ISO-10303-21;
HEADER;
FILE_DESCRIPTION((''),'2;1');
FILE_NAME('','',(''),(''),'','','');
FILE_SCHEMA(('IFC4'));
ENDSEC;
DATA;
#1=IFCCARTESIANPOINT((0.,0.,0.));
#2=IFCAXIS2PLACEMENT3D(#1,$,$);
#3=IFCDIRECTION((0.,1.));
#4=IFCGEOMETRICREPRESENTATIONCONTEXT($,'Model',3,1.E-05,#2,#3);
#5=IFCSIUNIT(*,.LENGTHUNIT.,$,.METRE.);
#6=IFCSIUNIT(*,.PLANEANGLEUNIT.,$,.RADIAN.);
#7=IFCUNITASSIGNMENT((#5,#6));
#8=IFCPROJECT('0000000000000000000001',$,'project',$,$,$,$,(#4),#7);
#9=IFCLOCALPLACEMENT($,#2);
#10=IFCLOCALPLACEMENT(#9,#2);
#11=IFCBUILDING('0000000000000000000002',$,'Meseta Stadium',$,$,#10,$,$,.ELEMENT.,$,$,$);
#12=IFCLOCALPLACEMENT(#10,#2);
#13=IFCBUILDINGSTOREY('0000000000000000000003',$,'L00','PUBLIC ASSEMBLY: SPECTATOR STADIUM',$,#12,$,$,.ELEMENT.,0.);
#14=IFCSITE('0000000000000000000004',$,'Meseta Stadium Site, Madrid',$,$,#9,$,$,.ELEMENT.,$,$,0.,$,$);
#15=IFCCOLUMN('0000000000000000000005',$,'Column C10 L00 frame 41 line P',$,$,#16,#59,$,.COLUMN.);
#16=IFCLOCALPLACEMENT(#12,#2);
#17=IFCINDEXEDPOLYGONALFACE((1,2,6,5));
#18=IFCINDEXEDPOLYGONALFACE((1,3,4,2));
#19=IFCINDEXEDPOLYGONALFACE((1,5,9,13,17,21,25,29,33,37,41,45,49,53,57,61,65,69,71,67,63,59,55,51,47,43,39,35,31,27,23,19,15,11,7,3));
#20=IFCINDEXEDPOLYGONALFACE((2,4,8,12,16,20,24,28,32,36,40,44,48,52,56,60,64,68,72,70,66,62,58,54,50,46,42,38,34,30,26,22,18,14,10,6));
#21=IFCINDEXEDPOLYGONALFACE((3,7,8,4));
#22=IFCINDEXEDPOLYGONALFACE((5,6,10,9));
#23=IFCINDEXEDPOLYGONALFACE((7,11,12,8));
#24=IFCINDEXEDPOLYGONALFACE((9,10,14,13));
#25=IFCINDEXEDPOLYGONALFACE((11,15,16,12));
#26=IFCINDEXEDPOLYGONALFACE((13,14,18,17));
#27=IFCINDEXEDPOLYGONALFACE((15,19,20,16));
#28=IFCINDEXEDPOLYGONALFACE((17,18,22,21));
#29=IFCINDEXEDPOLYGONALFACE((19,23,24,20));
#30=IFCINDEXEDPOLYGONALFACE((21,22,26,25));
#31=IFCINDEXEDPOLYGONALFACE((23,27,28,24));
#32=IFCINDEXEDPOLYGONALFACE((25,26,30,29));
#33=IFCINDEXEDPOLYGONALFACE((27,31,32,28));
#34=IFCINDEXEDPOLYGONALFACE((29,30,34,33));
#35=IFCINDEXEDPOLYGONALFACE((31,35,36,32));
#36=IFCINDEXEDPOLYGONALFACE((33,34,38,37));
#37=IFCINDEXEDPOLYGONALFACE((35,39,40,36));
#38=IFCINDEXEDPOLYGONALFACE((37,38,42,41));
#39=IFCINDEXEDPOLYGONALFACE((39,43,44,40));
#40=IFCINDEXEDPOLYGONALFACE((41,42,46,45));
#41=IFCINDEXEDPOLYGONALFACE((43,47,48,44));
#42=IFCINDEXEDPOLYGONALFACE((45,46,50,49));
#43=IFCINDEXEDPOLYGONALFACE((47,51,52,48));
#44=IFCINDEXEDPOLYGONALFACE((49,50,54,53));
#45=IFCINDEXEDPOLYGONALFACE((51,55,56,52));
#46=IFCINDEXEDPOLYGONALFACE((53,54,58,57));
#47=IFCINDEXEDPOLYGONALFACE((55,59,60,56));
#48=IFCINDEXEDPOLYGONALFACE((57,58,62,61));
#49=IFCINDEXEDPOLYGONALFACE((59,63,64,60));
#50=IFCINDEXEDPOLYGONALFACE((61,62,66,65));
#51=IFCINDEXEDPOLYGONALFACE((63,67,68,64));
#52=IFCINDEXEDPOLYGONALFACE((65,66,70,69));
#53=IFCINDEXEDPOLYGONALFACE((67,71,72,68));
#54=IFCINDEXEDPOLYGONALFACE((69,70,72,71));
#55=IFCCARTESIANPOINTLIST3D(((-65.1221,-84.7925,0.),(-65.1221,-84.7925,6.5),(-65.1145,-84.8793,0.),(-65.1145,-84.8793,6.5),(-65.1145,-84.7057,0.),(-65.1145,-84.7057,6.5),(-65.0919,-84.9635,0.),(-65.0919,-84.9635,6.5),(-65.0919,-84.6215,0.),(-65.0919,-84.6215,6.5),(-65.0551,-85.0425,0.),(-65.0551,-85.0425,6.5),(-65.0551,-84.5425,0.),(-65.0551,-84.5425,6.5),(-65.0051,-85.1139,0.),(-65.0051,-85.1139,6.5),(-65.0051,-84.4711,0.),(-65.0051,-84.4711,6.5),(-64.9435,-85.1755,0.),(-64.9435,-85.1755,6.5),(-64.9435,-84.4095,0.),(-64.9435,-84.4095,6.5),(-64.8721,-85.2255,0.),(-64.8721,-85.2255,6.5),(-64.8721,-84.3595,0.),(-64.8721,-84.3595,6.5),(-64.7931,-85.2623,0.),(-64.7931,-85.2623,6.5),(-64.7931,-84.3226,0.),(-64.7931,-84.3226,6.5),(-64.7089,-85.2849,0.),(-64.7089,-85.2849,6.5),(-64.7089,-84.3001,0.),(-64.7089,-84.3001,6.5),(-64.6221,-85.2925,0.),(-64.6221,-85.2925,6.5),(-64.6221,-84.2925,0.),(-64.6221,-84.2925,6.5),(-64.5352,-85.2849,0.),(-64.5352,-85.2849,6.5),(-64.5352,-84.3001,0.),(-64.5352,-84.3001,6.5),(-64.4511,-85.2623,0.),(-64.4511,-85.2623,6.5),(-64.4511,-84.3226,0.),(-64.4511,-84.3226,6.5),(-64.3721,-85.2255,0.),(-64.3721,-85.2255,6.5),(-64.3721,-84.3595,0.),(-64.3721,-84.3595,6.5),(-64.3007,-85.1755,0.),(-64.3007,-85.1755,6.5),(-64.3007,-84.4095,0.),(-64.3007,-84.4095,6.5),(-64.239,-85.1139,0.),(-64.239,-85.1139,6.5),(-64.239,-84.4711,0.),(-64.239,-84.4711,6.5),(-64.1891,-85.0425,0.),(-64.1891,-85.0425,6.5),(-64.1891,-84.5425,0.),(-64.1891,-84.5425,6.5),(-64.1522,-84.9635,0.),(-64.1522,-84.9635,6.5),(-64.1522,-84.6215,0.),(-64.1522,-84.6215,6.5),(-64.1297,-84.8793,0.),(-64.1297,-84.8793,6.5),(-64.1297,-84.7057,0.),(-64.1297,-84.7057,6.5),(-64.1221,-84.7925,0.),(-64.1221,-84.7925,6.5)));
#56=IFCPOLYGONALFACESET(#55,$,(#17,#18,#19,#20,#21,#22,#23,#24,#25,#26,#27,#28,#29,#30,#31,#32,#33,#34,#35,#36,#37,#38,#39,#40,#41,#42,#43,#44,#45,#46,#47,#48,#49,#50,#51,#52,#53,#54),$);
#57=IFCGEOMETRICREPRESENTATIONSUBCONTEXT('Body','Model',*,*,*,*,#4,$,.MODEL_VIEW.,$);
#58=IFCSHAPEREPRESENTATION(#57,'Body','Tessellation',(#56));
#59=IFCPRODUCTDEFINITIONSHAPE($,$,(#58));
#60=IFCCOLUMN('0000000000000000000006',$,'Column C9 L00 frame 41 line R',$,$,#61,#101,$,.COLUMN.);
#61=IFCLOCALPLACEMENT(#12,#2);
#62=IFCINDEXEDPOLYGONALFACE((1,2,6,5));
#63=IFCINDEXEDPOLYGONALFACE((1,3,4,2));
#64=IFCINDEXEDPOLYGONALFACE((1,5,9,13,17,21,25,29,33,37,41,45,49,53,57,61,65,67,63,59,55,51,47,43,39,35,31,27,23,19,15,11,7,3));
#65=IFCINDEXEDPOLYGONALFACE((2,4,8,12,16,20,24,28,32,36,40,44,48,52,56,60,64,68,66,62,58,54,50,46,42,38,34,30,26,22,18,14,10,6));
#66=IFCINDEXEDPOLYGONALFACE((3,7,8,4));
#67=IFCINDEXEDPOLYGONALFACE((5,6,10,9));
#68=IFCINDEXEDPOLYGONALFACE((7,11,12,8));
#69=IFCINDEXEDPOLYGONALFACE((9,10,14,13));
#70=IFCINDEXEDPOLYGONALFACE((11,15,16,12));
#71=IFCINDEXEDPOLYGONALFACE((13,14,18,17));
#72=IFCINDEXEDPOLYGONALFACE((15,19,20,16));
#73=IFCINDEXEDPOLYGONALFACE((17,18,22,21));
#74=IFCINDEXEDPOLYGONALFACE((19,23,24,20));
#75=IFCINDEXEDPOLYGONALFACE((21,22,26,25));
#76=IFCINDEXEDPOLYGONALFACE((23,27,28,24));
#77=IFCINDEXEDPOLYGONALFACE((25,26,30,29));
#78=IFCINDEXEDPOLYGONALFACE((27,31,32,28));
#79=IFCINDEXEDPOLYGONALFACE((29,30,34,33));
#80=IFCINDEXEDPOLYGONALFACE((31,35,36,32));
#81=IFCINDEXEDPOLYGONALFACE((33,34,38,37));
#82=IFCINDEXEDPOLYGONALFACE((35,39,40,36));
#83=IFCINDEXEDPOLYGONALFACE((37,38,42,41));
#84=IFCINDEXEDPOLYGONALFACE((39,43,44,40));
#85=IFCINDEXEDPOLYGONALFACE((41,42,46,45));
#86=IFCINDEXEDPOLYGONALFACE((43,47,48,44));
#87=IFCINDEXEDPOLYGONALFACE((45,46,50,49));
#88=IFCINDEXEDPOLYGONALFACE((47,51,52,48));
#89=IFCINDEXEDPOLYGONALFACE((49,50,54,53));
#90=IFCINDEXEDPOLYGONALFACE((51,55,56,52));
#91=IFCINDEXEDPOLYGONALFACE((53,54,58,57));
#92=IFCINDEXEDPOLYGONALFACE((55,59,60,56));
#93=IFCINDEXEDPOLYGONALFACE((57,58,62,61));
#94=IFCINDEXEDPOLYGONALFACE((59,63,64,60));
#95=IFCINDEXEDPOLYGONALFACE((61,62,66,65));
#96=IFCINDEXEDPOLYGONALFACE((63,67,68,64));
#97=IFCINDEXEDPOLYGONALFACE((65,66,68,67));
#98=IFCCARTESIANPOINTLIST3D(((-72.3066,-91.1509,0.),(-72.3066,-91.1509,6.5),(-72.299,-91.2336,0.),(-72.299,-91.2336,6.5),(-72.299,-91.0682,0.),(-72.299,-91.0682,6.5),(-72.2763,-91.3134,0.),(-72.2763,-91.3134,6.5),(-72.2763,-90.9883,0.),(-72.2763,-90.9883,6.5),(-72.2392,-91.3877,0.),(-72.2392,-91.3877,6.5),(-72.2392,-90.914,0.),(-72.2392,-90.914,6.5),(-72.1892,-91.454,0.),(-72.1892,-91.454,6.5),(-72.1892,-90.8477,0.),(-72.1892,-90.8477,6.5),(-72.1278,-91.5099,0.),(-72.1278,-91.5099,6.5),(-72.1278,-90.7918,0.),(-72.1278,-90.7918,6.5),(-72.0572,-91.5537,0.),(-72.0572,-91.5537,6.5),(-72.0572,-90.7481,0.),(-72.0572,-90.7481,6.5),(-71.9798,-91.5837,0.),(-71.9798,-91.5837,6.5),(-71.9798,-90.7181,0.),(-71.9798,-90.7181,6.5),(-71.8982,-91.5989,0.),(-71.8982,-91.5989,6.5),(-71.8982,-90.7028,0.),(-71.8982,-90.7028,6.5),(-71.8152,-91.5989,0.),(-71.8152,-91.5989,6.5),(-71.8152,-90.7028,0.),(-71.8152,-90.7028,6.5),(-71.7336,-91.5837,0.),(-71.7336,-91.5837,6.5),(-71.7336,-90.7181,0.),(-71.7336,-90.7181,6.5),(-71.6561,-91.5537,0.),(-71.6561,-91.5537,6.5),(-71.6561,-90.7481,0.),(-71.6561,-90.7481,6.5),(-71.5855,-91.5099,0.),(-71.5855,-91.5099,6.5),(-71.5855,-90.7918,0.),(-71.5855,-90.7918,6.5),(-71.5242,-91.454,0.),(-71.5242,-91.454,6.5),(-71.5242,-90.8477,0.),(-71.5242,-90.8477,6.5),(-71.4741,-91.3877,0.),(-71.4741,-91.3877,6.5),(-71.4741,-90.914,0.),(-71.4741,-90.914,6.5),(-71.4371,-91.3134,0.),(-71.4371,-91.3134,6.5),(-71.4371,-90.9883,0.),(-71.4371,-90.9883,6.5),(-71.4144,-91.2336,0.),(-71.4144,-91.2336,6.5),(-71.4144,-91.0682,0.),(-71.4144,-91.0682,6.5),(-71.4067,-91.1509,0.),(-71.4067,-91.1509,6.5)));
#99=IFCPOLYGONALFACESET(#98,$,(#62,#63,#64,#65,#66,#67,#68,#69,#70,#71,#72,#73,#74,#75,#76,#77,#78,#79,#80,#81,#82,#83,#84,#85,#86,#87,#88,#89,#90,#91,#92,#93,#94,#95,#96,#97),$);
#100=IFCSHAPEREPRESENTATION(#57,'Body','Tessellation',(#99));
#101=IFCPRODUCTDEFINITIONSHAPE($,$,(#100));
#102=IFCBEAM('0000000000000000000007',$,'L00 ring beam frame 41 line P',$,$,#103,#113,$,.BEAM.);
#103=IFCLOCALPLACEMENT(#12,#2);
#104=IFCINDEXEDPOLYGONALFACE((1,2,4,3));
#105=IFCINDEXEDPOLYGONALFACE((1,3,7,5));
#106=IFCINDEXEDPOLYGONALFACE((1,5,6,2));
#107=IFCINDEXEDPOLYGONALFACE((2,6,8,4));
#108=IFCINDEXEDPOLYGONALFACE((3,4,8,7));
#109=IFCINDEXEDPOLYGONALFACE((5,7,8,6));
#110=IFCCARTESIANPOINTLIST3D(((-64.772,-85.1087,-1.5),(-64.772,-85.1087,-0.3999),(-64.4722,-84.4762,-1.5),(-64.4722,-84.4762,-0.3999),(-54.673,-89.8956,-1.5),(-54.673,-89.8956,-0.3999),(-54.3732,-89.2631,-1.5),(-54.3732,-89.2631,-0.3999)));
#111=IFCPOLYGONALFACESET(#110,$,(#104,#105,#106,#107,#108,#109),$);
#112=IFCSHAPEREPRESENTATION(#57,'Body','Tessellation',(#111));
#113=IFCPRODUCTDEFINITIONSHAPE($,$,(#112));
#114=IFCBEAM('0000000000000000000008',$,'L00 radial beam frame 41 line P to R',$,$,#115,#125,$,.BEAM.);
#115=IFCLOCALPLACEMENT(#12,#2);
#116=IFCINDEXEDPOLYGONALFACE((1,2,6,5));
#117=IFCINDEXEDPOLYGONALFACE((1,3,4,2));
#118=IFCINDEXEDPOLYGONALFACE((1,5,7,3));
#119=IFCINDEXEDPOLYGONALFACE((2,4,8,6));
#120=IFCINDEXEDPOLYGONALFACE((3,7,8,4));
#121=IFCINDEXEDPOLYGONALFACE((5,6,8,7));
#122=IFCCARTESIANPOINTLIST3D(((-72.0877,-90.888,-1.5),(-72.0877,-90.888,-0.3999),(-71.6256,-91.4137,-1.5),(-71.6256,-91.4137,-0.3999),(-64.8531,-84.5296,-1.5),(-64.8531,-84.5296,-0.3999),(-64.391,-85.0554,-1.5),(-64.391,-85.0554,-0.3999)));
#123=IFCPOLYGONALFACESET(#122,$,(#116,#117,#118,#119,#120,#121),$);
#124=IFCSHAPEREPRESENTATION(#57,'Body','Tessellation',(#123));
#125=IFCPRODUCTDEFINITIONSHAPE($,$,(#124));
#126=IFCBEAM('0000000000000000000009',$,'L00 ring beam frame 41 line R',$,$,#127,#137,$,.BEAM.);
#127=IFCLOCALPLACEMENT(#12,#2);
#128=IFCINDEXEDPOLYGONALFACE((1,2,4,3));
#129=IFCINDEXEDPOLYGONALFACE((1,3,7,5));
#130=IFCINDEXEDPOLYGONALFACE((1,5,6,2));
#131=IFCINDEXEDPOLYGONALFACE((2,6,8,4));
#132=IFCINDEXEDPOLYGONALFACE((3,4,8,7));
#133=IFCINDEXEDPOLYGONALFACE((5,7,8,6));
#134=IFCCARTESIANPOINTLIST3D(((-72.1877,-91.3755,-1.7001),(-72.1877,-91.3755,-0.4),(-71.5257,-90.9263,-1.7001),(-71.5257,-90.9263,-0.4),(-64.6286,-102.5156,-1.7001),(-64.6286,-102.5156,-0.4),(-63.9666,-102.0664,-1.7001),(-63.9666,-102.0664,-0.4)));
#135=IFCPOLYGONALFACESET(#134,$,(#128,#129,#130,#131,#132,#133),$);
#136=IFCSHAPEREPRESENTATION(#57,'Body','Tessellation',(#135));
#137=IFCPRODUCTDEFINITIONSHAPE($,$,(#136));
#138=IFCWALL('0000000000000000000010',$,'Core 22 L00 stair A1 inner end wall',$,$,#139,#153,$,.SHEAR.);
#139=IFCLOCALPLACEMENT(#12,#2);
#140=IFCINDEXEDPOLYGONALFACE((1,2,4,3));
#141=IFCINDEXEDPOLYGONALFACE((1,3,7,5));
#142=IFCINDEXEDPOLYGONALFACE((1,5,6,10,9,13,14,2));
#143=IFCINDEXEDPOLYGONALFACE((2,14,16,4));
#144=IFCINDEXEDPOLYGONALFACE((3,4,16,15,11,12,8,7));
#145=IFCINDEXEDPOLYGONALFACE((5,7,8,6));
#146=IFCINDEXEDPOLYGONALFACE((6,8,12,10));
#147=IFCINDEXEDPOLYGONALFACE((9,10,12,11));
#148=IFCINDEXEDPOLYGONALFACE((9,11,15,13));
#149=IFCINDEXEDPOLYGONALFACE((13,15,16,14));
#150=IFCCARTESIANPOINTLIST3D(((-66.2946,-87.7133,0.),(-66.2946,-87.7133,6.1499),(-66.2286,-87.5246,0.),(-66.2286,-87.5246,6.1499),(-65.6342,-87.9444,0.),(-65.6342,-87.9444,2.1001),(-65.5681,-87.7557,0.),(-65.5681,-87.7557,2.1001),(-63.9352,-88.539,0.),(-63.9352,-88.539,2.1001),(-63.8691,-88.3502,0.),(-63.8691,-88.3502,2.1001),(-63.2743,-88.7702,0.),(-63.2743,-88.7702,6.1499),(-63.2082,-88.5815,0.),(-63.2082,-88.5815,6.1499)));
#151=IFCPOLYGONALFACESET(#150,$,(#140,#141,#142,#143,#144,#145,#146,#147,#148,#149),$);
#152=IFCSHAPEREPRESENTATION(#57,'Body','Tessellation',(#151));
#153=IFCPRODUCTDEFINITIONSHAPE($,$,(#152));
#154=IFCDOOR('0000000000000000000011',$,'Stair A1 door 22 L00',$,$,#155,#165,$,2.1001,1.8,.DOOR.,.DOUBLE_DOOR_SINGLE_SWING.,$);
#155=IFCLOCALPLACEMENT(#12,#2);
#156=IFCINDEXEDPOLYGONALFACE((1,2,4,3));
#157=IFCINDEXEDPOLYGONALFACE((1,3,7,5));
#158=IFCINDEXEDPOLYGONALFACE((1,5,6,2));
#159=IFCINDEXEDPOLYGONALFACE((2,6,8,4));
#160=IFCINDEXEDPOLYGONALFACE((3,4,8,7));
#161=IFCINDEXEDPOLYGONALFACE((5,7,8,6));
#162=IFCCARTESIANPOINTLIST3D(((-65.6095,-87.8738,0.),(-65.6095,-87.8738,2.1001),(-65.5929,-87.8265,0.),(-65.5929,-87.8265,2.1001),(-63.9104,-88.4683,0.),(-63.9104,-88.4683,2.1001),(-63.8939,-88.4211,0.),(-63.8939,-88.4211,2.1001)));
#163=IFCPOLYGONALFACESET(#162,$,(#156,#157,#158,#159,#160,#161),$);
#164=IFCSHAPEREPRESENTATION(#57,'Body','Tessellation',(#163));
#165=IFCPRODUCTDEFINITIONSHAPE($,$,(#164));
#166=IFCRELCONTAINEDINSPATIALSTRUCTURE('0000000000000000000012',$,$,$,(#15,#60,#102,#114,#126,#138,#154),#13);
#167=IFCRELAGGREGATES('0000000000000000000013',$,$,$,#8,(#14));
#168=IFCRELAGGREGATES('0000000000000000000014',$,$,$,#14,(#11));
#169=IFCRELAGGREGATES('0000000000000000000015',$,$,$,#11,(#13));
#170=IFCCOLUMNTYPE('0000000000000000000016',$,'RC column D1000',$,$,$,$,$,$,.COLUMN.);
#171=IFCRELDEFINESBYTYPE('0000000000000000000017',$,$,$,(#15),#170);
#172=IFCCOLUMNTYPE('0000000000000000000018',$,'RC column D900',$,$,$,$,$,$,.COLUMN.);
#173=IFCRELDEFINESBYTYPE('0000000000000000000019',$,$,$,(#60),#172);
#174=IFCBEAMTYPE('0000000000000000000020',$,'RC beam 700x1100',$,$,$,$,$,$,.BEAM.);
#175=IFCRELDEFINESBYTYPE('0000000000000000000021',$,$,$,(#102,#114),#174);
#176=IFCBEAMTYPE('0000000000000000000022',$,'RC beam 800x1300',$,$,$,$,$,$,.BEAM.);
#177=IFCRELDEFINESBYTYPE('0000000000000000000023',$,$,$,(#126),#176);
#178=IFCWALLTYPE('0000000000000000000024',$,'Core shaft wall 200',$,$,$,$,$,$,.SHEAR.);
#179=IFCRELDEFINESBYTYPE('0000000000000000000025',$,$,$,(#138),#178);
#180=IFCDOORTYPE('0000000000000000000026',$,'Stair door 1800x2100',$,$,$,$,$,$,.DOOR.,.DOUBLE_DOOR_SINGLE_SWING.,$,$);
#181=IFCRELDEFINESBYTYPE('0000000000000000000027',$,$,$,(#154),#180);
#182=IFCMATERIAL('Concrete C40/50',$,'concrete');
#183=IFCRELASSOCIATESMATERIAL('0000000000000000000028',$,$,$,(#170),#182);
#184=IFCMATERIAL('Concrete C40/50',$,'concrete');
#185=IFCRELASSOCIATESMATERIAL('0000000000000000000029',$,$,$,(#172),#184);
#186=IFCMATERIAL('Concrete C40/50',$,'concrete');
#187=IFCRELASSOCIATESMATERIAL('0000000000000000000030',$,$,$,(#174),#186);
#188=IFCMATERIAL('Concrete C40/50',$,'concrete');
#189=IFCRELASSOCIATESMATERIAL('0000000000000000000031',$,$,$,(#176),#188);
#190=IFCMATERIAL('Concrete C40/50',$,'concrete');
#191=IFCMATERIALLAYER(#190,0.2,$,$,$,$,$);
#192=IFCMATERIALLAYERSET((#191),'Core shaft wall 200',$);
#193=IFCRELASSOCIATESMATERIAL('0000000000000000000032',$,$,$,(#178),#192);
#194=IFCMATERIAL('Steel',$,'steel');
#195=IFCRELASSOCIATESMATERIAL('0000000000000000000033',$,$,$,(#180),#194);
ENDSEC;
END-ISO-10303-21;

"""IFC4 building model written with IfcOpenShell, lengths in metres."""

from ifc_helpers import new_model, si_unit, direction, frame, frame_2d, origin, origin_2d, place, context, subcontext, project, spatial, rectangle, circle, extrude, material, layer, layer_set, material_profile, profile_set, type_object, element, fill, save


model = new_model("IFC4")

# Units and contexts
model_context = context("Model", 3, precision=1e-05, world=origin(), true_north=direction((0.0, 1.0)))
body_context = subcontext(model_context, "Body", "Model", "MODEL_VIEW")
ifc_project = project(units=[si_unit("LENGTHUNIT", "METRE"), si_unit("PLANEANGLEUNIT", "RADIAN")], contexts=[model_context])

# Site, building, storey
site_placement = place(None, origin())
site = spatial("IfcSite", under=ifc_project, at=site_placement, Name="Meseta Stadium Site, Madrid", CompositionType="ELEMENT", RefElevation=0.0)
building_placement = place(site_placement, origin())
building = spatial("IfcBuilding", under=site, at=building_placement, Name="Meseta Stadium", CompositionType="ELEMENT")
storey_placement = place(building_placement, origin())
storey = spatial("IfcBuildingStorey", under=building, at=storey_placement, Name="L00", Description="PUBLIC ASSEMBLY: SPECTATOR STADIUM", CompositionType="ELEMENT", Elevation=0.0)

# Columns
ifc_material_1 = material(Name="Concrete C40/50", Category="concrete")
ifc_material_profile_1 = material_profile(ifc_material_1, circle(Radius=0.5, at=origin_2d()), Name="RC D1000")
ifc_profile_set_1 = profile_set([ifc_material_profile_1], Name="Concrete C40/50")
column_type_1 = type_object("IfcColumnType", Name="RC column D1000", PredefinedType="COLUMN", material=ifc_profile_set_1)
column_1_placement = place(storey_placement, frame((-64.6221, -84.7925, 0.0), z_axis=(0.0, 0.0, 1.0), x_axis=(1.0, 0.0, 0.0)))
element("IfcColumn", 1, at=column_1_placement, inside=storey, type_object=column_type_1, Name="Column C10 L00 frame 41 line P", PredefinedType="COLUMN", context=body_context, shape_type="SweptSolid", body=[
    extrude(circle(Radius=0.5, at=origin_2d()), origin(), (0.0, 0.0, 1.0), 6.5),
])
ifc_material_2 = material(Name="Concrete C40/50", Category="concrete")
ifc_material_profile_2 = material_profile(ifc_material_2, circle(Radius=0.45, at=origin_2d()), Name="RC D900")
ifc_profile_set_2 = profile_set([ifc_material_profile_2], Name="Concrete C40/50")
column_type_2 = type_object("IfcColumnType", Name="RC column D900", PredefinedType="COLUMN", material=ifc_profile_set_2)
column_2_placement = place(storey_placement, frame((-71.8567, -91.1509, 0.0), z_axis=(0.0, 0.0, 1.0), x_axis=(1.0, 0.0, 0.0)))
element("IfcColumn", 2, at=column_2_placement, inside=storey, type_object=column_type_2, Name="Column C9 L00 frame 41 line R", PredefinedType="COLUMN", context=body_context, shape_type="SweptSolid", body=[
    extrude(circle(Radius=0.45, at=origin_2d()), origin(), (0.0, 0.0, 1.0), 6.5),
])

# Beams
ifc_material_3 = material(Name="Concrete C40/50", Category="concrete")
ifc_material_profile_3 = material_profile(ifc_material_3, rectangle(XDim=0.7, YDim=1.1001, at=origin_2d()), Name="RC 700x1100")
ifc_profile_set_3 = profile_set([ifc_material_profile_3], Name="Concrete C40/50")
beam_type_1 = type_object("IfcBeamType", Name="RC beam 700x1100", PredefinedType="BEAM", material=ifc_profile_set_3)
beam_1_placement = place(storey_placement, frame((-64.6221, -84.7925, -0.95), z_axis=(0.903627, -0.428319, 0.0), x_axis=(0.428319, 0.903627, 0.0)))
element("IfcBeam", 3, at=beam_1_placement, inside=storey, type_object=beam_type_1, Name="L00 ring beam frame 41 line P", PredefinedType="BEAM", context=body_context, shape_type="SweptSolid", body=[
    extrude(rectangle(XDim=0.7, YDim=1.1001, at=origin_2d()), origin(), (0.0, 0.0, 1.0), 11.176),
])
beam_2_placement = place(storey_placement, frame((-64.6221, -84.7925, -0.95), z_axis=(-0.751129, -0.660156, 0.0), x_axis=(0.660156, -0.751129, 0.0)))
element("IfcBeam", 4, at=beam_2_placement, inside=storey, type_object=beam_type_1, Name="L00 radial beam frame 41 line P to R", PredefinedType="BEAM", context=body_context, shape_type="SweptSolid", body=[
    extrude(rectangle(XDim=0.7, YDim=1.1001, at=origin_2d()), origin(), (0.0, 0.0, 1.0), 9.6316),
])
ifc_material_4 = material(Name="Concrete C40/50", Category="concrete")
ifc_material_profile_4 = material_profile(ifc_material_4, rectangle(XDim=0.8, YDim=1.3, at=origin_2d()), Name="RC 800x1300")
ifc_profile_set_4 = profile_set([ifc_material_profile_4], Name="Concrete C40/50")
beam_type_2 = type_object("IfcBeamType", Name="RC beam 800x1300", PredefinedType="BEAM", material=ifc_profile_set_4)
beam_3_placement = place(storey_placement, frame((-71.8567, -91.1509, -1.05), z_axis=(0.561486, -0.827486, 0.0), x_axis=(0.827486, 0.561486, 0.0)))
element("IfcBeam", 5, at=beam_3_placement, inside=storey, type_object=beam_type_2, Name="L00 ring beam frame 41 line R", PredefinedType="BEAM", context=body_context, shape_type="SweptSolid", body=[
    extrude(rectangle(XDim=0.8, YDim=1.3, at=origin_2d()), origin(), (0.0, 0.0, 1.0), 13.4626),
])

# Wall, opening, door
ifc_material_5 = material(Name="Concrete C40/50", Category="concrete")
ifc_layer_1 = layer(ifc_material_5, 0.2)
ifc_layer_set_1 = layer_set([ifc_layer_1], Name="Core shaft wall 200")
wall_type_1 = type_object("IfcWallType", Name="Core shaft wall 200", PredefinedType="SHEAR", material=ifc_layer_set_1)
wall_1_placement = place(storey_placement, frame((-66.2617, -87.6189, 0.0), z_axis=(0.0, 0.0, 1.0), x_axis=(0.943879, -0.330293, 0.0)))
wall_1 = element("IfcWall", 6, at=wall_1_placement, inside=storey, type_object=wall_type_1, Name="Core 22 L00 stair A1 inner end wall", PredefinedType="SHEAR", context=body_context, shape_type="SweptSolid", body=[
    extrude(rectangle(XDim=3.2, YDim=0.2, at=frame_2d((1.6001, 0.0))), origin(), (0.0, 0.0, 1.0), 6.1499),
])
opening_1_placement = place(wall_1_placement, frame((0.7, 0.0, 0.0)))
opening_1 = element("IfcOpeningElement", 7, at=opening_1_placement, cuts=wall_1, PredefinedType="OPENING", context=body_context, shape_type="SweptSolid", body=[
    extrude(rectangle(XDim=1.8, YDim=2.1001, at=frame_2d((0.8999, 1.05))), frame((0.0, 0.1099, 0.0), z_axis=(0.0, -1.0, 0.0), x_axis=(1.0, 0.0, 0.0)), (0.0, 0.0, 1.0), 0.22),
])
ifc_material_6 = material(Name="Steel", Category="steel")
door_type = type_object("IfcDoorType", Name="Stair door 1800x2100", OperationType="DOUBLE_DOOR_SINGLE_SWING", PredefinedType="DOOR", material=ifc_material_6)
door_1_placement = place(opening_1_placement, origin())
door_1 = element("IfcDoor", 8, at=door_1_placement, inside=storey, type_object=door_type, Name="Stair A1 door 22 L00", OperationType="DOUBLE_DOOR_SINGLE_SWING", OverallHeight=2.1001, OverallWidth=1.8, PredefinedType="DOOR", context=body_context, shape_type="SweptSolid", body=[
    extrude(rectangle(XDim=1.8, YDim=2.1001, at=frame_2d((0.8999, 1.05))), frame((0.0, 0.0249, 0.0), z_axis=(0.0, -1.0, 0.0), x_axis=(1.0, 0.0, 0.0)), (0.0, 0.0, 1.0), 0.05),
])
fill(opening_1, door_1)

save(model, "model.ifc")
